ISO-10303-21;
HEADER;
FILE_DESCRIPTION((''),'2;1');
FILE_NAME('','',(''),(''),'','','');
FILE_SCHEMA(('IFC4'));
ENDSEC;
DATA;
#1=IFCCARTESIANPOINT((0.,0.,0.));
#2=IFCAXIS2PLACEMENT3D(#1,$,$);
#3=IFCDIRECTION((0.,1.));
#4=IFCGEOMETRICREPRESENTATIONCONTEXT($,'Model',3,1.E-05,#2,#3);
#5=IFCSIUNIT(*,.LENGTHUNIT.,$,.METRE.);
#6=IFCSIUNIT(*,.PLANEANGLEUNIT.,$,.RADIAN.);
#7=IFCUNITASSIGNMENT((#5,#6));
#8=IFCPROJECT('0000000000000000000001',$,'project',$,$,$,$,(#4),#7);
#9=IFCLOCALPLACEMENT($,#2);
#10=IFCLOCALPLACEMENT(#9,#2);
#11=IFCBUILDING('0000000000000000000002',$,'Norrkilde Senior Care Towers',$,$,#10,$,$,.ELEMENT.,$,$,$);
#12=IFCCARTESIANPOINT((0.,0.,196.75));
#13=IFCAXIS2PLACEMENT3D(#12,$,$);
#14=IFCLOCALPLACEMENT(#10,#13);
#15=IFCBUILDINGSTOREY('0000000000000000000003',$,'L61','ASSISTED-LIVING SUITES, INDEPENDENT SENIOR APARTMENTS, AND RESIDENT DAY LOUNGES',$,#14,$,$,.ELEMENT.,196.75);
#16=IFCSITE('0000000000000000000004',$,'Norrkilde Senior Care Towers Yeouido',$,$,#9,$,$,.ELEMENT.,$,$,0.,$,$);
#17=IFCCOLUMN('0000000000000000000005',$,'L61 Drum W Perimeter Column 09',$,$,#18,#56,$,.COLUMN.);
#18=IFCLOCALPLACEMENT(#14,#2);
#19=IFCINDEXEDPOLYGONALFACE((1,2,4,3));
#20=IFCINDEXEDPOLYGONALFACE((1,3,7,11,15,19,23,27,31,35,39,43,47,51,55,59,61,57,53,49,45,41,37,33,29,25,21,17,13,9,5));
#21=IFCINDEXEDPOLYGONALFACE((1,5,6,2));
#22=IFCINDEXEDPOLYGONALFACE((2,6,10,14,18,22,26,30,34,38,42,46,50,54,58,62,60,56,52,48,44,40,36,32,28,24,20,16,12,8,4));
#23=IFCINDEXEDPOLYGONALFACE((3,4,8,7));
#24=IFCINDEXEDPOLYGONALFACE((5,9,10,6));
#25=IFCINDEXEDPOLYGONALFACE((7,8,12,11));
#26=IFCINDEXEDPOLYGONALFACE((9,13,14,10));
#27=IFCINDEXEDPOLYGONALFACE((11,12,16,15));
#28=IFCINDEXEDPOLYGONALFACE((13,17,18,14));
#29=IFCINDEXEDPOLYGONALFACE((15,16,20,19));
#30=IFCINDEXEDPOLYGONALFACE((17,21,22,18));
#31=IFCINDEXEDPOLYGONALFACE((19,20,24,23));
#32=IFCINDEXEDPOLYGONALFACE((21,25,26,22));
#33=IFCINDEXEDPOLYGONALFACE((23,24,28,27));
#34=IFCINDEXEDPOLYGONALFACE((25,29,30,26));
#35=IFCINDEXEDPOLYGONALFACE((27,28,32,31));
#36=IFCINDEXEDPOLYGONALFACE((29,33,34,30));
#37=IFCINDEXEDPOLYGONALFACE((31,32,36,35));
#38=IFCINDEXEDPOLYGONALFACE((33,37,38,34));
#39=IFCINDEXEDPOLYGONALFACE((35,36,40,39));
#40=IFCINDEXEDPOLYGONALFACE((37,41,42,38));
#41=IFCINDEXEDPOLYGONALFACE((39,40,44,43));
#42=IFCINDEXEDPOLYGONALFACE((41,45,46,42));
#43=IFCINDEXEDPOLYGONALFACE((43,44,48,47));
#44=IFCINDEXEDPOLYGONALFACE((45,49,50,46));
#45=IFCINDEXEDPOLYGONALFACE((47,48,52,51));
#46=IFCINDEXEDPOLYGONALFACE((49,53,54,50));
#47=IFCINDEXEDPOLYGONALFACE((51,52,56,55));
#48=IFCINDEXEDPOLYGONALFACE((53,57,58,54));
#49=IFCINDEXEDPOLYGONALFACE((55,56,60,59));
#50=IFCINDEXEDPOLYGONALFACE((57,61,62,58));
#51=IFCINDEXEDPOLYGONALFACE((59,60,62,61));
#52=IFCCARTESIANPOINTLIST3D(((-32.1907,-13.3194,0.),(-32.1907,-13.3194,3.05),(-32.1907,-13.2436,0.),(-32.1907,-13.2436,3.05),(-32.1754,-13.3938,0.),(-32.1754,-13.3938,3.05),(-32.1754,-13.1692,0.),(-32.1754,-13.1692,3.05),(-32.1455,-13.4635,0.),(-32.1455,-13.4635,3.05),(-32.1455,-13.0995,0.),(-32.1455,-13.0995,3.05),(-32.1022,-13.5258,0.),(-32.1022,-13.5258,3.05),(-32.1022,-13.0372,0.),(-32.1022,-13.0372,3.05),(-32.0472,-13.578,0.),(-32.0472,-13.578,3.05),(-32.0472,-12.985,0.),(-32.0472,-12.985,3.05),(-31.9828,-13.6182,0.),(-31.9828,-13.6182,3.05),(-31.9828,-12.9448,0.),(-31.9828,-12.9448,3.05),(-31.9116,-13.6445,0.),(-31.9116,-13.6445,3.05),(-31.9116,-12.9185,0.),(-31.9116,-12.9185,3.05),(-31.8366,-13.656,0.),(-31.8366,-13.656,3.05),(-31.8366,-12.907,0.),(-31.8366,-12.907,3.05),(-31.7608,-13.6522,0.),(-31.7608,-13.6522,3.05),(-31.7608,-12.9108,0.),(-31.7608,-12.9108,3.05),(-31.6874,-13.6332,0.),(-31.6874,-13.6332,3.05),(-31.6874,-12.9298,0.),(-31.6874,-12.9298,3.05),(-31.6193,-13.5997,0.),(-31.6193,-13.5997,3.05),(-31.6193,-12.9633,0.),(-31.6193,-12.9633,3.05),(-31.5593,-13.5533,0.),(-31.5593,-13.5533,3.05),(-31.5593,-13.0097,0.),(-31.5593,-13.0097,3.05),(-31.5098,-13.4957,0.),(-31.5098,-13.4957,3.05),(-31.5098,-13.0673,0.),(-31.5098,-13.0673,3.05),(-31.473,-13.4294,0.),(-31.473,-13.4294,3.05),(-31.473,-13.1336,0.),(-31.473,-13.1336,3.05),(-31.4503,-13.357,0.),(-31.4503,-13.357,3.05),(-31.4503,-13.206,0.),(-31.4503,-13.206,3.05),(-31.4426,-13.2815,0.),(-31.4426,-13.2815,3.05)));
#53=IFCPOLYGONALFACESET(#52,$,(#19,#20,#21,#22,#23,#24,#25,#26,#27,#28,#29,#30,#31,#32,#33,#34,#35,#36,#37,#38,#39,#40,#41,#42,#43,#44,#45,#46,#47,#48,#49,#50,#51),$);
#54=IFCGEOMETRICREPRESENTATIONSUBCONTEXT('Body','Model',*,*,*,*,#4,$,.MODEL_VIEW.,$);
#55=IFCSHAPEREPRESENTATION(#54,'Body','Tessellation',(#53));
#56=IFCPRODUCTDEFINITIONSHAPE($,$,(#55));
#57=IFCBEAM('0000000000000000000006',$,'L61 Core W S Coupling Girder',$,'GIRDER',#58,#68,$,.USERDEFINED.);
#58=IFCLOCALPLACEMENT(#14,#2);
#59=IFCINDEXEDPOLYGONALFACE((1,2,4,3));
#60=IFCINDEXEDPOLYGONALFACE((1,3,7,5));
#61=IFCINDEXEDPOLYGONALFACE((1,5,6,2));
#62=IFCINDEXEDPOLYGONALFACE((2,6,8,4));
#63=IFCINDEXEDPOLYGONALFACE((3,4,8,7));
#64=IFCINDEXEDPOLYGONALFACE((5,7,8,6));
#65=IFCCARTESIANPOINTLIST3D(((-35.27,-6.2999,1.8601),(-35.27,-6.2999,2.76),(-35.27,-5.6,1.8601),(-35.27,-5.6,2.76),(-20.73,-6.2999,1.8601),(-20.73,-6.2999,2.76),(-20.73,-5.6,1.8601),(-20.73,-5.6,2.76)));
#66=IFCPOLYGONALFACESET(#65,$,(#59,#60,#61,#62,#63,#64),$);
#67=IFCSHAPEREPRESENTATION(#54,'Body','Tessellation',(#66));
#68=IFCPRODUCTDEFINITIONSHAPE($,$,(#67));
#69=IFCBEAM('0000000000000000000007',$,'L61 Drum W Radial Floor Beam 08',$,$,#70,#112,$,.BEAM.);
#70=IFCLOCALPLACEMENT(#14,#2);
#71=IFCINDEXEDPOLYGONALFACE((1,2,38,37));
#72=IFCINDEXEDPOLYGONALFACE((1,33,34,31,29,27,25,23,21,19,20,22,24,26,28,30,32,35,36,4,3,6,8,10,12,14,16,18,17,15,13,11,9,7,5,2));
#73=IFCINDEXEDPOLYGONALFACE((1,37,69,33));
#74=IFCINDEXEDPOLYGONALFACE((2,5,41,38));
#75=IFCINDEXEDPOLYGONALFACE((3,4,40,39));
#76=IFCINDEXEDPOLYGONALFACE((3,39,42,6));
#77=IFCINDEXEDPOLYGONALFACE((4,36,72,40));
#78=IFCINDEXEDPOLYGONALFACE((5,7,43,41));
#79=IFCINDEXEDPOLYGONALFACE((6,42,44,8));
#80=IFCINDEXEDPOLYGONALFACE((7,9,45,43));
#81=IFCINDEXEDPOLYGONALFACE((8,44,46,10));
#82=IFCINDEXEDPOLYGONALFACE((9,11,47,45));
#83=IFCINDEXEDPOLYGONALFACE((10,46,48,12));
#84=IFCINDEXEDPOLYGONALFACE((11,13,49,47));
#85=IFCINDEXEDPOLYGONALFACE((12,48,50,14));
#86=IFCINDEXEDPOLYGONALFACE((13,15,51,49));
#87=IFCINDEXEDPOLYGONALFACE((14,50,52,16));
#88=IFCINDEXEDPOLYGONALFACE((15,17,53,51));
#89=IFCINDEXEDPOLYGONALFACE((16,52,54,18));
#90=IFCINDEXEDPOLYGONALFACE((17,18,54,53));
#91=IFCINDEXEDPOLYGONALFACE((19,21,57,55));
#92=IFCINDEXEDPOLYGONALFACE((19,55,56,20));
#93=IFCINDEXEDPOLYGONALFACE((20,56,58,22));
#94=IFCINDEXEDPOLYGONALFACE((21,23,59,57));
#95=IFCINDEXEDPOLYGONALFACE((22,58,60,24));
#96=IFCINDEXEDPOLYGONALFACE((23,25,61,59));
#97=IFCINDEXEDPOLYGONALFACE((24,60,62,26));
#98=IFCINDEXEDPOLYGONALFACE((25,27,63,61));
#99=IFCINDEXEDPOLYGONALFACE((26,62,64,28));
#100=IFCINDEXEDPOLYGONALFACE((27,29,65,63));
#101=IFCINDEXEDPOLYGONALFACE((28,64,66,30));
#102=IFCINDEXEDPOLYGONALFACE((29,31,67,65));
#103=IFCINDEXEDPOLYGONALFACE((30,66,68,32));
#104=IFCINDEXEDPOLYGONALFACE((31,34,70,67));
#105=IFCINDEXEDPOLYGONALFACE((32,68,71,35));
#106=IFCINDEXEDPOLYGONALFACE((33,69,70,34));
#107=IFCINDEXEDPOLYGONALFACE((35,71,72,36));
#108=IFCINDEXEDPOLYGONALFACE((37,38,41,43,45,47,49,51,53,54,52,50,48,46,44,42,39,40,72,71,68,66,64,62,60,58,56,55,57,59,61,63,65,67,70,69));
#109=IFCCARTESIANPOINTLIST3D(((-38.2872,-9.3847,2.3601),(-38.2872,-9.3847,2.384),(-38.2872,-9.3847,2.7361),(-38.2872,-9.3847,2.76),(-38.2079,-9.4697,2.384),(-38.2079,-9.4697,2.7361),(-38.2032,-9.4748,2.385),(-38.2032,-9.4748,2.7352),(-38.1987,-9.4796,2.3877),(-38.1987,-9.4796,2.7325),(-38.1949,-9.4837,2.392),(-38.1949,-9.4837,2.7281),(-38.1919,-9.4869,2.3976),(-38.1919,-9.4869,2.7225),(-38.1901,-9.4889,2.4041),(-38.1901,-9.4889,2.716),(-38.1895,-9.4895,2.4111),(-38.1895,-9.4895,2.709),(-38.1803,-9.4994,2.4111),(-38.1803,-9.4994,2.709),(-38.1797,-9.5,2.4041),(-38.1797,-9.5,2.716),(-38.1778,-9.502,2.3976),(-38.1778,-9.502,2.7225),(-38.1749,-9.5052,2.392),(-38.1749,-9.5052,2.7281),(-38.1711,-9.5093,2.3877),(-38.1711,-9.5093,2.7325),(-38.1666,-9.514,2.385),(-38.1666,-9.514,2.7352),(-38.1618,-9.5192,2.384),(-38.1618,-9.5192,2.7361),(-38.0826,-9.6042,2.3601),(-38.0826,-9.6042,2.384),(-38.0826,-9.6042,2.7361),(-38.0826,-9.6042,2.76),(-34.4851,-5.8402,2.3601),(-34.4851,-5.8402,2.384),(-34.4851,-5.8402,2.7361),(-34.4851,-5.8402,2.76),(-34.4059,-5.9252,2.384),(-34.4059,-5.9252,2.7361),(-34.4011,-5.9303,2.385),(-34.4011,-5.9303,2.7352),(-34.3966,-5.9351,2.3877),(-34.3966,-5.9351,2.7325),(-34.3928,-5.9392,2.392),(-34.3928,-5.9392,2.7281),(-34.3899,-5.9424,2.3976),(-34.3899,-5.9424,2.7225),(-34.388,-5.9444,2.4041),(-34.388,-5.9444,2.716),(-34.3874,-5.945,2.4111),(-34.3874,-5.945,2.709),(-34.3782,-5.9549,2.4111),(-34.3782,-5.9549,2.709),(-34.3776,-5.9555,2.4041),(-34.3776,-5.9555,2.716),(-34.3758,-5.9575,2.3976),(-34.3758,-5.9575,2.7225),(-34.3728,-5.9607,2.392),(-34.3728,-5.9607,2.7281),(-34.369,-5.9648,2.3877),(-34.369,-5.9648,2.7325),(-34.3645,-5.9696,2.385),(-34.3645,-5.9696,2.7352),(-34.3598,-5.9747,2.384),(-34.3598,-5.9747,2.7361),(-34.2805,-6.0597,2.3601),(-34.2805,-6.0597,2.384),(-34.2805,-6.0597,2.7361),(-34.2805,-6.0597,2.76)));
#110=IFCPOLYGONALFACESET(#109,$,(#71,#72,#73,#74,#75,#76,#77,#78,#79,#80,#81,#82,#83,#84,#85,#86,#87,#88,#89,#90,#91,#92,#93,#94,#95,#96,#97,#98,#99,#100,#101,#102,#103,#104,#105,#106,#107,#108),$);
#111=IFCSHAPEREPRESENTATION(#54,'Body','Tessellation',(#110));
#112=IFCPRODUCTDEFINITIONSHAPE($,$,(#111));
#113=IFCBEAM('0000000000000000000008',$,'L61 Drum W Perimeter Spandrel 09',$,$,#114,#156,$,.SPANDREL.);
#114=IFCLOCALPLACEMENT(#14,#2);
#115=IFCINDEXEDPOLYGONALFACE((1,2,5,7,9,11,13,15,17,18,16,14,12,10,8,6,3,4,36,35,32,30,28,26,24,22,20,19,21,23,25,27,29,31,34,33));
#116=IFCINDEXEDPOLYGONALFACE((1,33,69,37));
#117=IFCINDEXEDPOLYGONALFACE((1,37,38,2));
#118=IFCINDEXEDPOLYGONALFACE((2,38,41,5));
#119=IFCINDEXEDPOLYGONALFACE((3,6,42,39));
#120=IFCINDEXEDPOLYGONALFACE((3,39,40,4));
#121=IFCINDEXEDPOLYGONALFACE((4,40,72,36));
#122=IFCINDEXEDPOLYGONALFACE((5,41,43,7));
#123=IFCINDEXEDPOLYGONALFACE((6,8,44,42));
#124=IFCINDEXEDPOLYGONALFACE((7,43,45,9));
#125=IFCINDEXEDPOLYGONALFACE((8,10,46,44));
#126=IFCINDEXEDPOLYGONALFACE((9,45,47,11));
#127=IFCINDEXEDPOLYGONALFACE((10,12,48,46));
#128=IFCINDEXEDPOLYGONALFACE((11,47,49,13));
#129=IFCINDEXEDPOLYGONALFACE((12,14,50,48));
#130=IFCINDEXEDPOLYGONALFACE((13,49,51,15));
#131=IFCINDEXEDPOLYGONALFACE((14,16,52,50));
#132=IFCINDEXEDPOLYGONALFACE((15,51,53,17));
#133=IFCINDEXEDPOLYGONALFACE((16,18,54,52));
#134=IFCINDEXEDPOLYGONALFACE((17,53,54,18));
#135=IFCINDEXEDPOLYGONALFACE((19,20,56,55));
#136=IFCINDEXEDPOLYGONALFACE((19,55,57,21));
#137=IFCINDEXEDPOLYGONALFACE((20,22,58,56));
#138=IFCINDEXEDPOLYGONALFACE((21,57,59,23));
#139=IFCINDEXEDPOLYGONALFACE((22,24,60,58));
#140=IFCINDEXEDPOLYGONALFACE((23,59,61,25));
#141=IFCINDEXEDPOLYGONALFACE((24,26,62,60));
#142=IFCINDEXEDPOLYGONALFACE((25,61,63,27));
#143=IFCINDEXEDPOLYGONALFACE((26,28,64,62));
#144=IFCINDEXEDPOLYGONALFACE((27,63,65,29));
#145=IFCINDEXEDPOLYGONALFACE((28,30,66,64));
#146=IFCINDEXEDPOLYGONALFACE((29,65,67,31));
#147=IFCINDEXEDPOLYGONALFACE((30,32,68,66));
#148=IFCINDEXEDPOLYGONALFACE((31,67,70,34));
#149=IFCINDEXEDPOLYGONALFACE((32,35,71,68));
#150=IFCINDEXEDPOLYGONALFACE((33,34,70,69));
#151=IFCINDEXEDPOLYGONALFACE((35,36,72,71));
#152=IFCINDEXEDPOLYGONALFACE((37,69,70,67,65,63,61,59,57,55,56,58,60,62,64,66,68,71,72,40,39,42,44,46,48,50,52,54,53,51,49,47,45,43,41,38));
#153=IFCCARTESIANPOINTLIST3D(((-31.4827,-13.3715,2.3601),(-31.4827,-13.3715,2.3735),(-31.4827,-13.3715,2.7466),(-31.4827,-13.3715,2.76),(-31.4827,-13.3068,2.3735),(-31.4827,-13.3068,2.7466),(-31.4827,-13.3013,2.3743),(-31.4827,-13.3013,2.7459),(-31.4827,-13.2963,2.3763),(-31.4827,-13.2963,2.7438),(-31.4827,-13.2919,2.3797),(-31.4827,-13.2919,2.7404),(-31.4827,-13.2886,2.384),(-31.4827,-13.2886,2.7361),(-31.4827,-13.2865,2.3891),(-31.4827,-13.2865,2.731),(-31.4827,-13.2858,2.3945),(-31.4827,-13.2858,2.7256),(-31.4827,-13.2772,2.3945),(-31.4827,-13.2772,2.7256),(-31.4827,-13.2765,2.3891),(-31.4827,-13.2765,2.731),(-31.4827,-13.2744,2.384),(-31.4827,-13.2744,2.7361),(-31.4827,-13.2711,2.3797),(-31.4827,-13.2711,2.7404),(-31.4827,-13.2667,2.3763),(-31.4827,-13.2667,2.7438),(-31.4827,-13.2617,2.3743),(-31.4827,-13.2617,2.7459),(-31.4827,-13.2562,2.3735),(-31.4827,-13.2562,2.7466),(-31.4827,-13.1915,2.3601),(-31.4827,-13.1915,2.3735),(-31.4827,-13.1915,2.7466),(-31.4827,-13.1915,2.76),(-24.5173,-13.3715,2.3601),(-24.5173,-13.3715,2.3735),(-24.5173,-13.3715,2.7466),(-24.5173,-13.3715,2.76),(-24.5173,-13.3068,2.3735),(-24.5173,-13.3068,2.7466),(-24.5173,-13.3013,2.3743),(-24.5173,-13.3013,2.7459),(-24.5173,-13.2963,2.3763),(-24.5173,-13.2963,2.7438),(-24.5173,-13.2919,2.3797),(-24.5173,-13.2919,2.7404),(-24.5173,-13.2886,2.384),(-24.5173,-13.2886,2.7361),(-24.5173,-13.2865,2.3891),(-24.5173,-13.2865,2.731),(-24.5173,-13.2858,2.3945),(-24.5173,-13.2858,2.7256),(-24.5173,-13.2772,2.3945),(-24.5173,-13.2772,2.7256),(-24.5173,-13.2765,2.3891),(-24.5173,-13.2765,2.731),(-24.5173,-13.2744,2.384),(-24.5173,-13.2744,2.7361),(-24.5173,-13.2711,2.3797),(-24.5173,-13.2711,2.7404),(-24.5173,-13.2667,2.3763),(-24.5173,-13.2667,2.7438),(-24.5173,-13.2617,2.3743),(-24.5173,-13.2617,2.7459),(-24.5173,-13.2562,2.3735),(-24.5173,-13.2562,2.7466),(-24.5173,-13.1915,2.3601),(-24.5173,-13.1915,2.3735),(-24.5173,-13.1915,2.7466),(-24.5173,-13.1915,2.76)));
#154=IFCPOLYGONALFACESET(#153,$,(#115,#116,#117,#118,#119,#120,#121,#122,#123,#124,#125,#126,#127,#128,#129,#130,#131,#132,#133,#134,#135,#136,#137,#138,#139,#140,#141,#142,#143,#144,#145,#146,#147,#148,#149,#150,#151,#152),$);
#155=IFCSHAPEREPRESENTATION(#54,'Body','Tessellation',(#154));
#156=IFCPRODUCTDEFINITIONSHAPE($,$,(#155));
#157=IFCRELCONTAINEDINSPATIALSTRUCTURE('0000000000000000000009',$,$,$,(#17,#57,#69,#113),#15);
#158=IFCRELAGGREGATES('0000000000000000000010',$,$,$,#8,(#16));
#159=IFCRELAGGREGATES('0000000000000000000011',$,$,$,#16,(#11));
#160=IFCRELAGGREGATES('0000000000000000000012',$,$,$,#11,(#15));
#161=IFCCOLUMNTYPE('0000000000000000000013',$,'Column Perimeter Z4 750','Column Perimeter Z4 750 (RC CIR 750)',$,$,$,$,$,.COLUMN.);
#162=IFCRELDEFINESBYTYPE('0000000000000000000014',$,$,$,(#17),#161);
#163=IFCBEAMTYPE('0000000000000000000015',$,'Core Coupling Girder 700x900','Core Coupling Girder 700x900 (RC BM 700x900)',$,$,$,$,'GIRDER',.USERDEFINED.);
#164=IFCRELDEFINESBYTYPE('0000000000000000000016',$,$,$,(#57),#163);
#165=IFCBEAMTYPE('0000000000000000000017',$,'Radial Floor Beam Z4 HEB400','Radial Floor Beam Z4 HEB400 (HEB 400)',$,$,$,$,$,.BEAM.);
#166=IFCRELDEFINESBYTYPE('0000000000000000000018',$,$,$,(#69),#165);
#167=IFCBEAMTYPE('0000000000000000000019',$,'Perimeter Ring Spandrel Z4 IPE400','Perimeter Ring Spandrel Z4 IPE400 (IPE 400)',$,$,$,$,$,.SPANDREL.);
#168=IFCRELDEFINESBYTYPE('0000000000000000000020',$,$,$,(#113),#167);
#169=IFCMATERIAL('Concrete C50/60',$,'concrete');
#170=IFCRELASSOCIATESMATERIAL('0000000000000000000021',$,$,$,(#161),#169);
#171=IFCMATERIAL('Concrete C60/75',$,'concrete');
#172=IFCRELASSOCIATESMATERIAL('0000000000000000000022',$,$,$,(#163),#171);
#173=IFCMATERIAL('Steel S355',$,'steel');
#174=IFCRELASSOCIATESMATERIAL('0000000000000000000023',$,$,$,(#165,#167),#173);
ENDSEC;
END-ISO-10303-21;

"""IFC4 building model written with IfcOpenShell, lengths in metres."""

from ifc_helpers import new_model, si_unit, direction, frame, origin, origin_2d, place, context, subcontext, project, spatial, rectangle, circle, i_section, extrude, source, transform, mapped, material, material_profile, profile_set, type_object, type_shapes, element, save


model = new_model("IFC4")

# Units and contexts
model_context = context("Model", 3, precision=1e-05, world=origin(), true_north=direction((0.0, 1.0)))
body_context = subcontext(model_context, "Body", "Model", "MODEL_VIEW")
ifc_project = project(units=[si_unit("LENGTHUNIT", "METRE"), si_unit("PLANEANGLEUNIT", "RADIAN")], contexts=[model_context])

# Site, building, storey
site_placement = place(None, origin())
site = spatial("IfcSite", under=ifc_project, at=site_placement, Name="Norrkilde Senior Care Towers Yeouido", CompositionType="ELEMENT", RefElevation=0.0)
building_placement = place(site_placement, origin())
building = spatial("IfcBuilding", under=site, at=building_placement, Name="Norrkilde Senior Care Towers", CompositionType="ELEMENT")
storey_placement = place(building_placement, frame((0.0, 0.0, 196.75)))
storey = spatial("IfcBuildingStorey", under=building, at=storey_placement, Name="L61", Description="ASSISTED-LIVING SUITES, INDEPENDENT SENIOR APARTMENTS, AND RESIDENT DAY LOUNGES", CompositionType="ELEMENT", Elevation=196.75)

# Column
ifc_material_1 = material(Name="Concrete C50/60", Category="concrete")
ifc_material_profile_1 = material_profile(ifc_material_1, circle(Radius=0.375, at=origin_2d()), Name="RC CIR 750")
ifc_profile_set_1 = profile_set([ifc_material_profile_1], Name="Concrete C50/60")
column_type = type_object("IfcColumnType", Name="Column Perimeter Z4 750", Description="Column Perimeter Z4 750 (RC CIR 750)", PredefinedType="COLUMN", material=ifc_profile_set_1)
shared_shape_1 = source(origin(), body_context, "Body", "SweptSolid", [
    extrude(circle(Radius=0.375, at=origin_2d()), origin(), (0.0, 0.0, 1.0), 3.05),
])
type_shapes(column_type, [shared_shape_1])
column_placement = place(storey_placement, frame((-31.8176, -13.2815, 0.0), z_axis=(0.0, 0.0, 1.0), x_axis=(1.0, 0.0, 0.0)))
element("IfcColumn", 1, at=column_placement, inside=storey, type_object=column_type, Name="L61 Drum W Perimeter Column 09", PredefinedType="COLUMN", context=body_context, shape_type="MappedRepresentation", body=[
    mapped(shared_shape_1, transform((0.0, 0.0, 0.0), x_axis=(1.0, 0.0, 0.0), y_axis=(0.0, 1.0, 0.0), z_axis=(0.0, 0.0, 1.0), scale=1.0)),
])

# Beams
ifc_material_2 = material(Name="Concrete C60/75", Category="concrete")
ifc_material_profile_2 = material_profile(ifc_material_2, rectangle(XDim=0.7, YDim=0.8999, at=origin_2d()), Name="RC BM 700x900")
ifc_profile_set_2 = profile_set([ifc_material_profile_2], Name="Concrete C60/75")
beam_type_1 = type_object("IfcBeamType", Name="Core Coupling Girder 700x900", Description="Core Coupling Girder 700x900 (RC BM 700x900)", ElementType="GIRDER", PredefinedType="USERDEFINED", material=ifc_profile_set_2)
shared_shape_2 = source(origin(), body_context, "Body", "SweptSolid", [
    extrude(rectangle(XDim=0.7, YDim=0.8999, at=origin_2d()), origin(), (0.0, 0.0, 1.0), 14.54),
])
type_shapes(beam_type_1, [shared_shape_2])
beam_1_placement = place(storey_placement, frame((-35.27, -5.95, 2.3101), z_axis=(1.0, 0.0, 0.0), x_axis=(0.0, 1.0, 0.0)))
element("IfcBeam", 2, at=beam_1_placement, inside=storey, type_object=beam_type_1, Name="L61 Core W S Coupling Girder", ObjectType="GIRDER", PredefinedType="USERDEFINED", context=body_context, shape_type="MappedRepresentation", body=[
    mapped(shared_shape_2, transform((0.0, 0.0, 0.0), x_axis=(1.0, 0.0, 0.0), y_axis=(0.0, 1.0, 0.0), z_axis=(0.0, 0.0, 1.0), scale=1.0)),
])
ifc_material_3 = material(Name="Steel S355", Category="steel")
ifc_material_profile_3 = material_profile(ifc_material_3, i_section(OverallWidth=0.3, OverallDepth=0.3999, WebThickness=0.0134, FlangeThickness=0.0239, FilletRadius=0.0271, at=origin_2d()), Name="HEB 400")
ifc_profile_set_3 = profile_set([ifc_material_profile_3], Name="Steel S355")
beam_type_2 = type_object("IfcBeamType", Name="Radial Floor Beam Z4 HEB400", Description="Radial Floor Beam Z4 HEB400 (HEB 400)", PredefinedType="BEAM", material=ifc_profile_set_3)
shared_shape_3 = source(origin(), body_context, "Body", "SweptSolid", [
    extrude(i_section(OverallWidth=0.3, OverallDepth=0.3999, WebThickness=0.0134, FlangeThickness=0.0239, FilletRadius=0.0271, at=origin_2d()), origin(), (0.0, 0.0, 1.0), 5.198),
])
beam_2_placement = place(storey_placement, frame((-34.3828, -5.95, 2.5601), z_axis=(-0.731449, -0.681896, 0.0), x_axis=(0.681896, -0.731449, 0.0)))
element("IfcBeam", 3, at=beam_2_placement, inside=storey, type_object=beam_type_2, Name="L61 Drum W Radial Floor Beam 08", PredefinedType="BEAM", context=body_context, shape_type="MappedRepresentation", body=[
    mapped(shared_shape_3, transform((0.0, 0.0, 0.0), x_axis=(1.0, 0.0, 0.0), y_axis=(0.0, 1.0, 0.0), z_axis=(0.0, 0.0, 1.0), scale=1.0)),
])
ifc_material_profile_4 = material_profile(ifc_material_3, i_section(OverallWidth=0.1799, OverallDepth=0.3999, WebThickness=0.0085, FlangeThickness=0.0134, FilletRadius=0.021, at=origin_2d()), Name="IPE 400")
ifc_profile_set_4 = profile_set([ifc_material_profile_4], Name="Steel S355")
beam_type_3 = type_object("IfcBeamType", Name="Perimeter Ring Spandrel Z4 IPE400", Description="Perimeter Ring Spandrel Z4 IPE400 (IPE 400)", PredefinedType="SPANDREL", material=ifc_profile_set_4)
shared_shape_4 = source(origin(), body_context, "Body", "SweptSolid", [
    extrude(i_section(OverallWidth=0.1799, OverallDepth=0.3999, WebThickness=0.0085, FlangeThickness=0.0134, FilletRadius=0.021, at=origin_2d()), origin(), (0.0, 0.0, 1.0), 6.9653),
])
type_shapes(beam_type_3, [shared_shape_4])
beam_3_placement = place(storey_placement, frame((-31.4827, -13.2815, 2.5601), z_axis=(1.0, 0.0, 0.0), x_axis=(0.0, 1.0, 0.0)))
element("IfcBeam", 4, at=beam_3_placement, inside=storey, type_object=beam_type_3, Name="L61 Drum W Perimeter Spandrel 09", PredefinedType="SPANDREL", context=body_context, shape_type="MappedRepresentation", body=[
    mapped(shared_shape_4, transform((0.0, 0.0, 0.0), x_axis=(1.0, 0.0, 0.0), y_axis=(0.0, 1.0, 0.0), z_axis=(0.0, 0.0, 1.0), scale=1.0)),
])

save(model, "model.ifc")
